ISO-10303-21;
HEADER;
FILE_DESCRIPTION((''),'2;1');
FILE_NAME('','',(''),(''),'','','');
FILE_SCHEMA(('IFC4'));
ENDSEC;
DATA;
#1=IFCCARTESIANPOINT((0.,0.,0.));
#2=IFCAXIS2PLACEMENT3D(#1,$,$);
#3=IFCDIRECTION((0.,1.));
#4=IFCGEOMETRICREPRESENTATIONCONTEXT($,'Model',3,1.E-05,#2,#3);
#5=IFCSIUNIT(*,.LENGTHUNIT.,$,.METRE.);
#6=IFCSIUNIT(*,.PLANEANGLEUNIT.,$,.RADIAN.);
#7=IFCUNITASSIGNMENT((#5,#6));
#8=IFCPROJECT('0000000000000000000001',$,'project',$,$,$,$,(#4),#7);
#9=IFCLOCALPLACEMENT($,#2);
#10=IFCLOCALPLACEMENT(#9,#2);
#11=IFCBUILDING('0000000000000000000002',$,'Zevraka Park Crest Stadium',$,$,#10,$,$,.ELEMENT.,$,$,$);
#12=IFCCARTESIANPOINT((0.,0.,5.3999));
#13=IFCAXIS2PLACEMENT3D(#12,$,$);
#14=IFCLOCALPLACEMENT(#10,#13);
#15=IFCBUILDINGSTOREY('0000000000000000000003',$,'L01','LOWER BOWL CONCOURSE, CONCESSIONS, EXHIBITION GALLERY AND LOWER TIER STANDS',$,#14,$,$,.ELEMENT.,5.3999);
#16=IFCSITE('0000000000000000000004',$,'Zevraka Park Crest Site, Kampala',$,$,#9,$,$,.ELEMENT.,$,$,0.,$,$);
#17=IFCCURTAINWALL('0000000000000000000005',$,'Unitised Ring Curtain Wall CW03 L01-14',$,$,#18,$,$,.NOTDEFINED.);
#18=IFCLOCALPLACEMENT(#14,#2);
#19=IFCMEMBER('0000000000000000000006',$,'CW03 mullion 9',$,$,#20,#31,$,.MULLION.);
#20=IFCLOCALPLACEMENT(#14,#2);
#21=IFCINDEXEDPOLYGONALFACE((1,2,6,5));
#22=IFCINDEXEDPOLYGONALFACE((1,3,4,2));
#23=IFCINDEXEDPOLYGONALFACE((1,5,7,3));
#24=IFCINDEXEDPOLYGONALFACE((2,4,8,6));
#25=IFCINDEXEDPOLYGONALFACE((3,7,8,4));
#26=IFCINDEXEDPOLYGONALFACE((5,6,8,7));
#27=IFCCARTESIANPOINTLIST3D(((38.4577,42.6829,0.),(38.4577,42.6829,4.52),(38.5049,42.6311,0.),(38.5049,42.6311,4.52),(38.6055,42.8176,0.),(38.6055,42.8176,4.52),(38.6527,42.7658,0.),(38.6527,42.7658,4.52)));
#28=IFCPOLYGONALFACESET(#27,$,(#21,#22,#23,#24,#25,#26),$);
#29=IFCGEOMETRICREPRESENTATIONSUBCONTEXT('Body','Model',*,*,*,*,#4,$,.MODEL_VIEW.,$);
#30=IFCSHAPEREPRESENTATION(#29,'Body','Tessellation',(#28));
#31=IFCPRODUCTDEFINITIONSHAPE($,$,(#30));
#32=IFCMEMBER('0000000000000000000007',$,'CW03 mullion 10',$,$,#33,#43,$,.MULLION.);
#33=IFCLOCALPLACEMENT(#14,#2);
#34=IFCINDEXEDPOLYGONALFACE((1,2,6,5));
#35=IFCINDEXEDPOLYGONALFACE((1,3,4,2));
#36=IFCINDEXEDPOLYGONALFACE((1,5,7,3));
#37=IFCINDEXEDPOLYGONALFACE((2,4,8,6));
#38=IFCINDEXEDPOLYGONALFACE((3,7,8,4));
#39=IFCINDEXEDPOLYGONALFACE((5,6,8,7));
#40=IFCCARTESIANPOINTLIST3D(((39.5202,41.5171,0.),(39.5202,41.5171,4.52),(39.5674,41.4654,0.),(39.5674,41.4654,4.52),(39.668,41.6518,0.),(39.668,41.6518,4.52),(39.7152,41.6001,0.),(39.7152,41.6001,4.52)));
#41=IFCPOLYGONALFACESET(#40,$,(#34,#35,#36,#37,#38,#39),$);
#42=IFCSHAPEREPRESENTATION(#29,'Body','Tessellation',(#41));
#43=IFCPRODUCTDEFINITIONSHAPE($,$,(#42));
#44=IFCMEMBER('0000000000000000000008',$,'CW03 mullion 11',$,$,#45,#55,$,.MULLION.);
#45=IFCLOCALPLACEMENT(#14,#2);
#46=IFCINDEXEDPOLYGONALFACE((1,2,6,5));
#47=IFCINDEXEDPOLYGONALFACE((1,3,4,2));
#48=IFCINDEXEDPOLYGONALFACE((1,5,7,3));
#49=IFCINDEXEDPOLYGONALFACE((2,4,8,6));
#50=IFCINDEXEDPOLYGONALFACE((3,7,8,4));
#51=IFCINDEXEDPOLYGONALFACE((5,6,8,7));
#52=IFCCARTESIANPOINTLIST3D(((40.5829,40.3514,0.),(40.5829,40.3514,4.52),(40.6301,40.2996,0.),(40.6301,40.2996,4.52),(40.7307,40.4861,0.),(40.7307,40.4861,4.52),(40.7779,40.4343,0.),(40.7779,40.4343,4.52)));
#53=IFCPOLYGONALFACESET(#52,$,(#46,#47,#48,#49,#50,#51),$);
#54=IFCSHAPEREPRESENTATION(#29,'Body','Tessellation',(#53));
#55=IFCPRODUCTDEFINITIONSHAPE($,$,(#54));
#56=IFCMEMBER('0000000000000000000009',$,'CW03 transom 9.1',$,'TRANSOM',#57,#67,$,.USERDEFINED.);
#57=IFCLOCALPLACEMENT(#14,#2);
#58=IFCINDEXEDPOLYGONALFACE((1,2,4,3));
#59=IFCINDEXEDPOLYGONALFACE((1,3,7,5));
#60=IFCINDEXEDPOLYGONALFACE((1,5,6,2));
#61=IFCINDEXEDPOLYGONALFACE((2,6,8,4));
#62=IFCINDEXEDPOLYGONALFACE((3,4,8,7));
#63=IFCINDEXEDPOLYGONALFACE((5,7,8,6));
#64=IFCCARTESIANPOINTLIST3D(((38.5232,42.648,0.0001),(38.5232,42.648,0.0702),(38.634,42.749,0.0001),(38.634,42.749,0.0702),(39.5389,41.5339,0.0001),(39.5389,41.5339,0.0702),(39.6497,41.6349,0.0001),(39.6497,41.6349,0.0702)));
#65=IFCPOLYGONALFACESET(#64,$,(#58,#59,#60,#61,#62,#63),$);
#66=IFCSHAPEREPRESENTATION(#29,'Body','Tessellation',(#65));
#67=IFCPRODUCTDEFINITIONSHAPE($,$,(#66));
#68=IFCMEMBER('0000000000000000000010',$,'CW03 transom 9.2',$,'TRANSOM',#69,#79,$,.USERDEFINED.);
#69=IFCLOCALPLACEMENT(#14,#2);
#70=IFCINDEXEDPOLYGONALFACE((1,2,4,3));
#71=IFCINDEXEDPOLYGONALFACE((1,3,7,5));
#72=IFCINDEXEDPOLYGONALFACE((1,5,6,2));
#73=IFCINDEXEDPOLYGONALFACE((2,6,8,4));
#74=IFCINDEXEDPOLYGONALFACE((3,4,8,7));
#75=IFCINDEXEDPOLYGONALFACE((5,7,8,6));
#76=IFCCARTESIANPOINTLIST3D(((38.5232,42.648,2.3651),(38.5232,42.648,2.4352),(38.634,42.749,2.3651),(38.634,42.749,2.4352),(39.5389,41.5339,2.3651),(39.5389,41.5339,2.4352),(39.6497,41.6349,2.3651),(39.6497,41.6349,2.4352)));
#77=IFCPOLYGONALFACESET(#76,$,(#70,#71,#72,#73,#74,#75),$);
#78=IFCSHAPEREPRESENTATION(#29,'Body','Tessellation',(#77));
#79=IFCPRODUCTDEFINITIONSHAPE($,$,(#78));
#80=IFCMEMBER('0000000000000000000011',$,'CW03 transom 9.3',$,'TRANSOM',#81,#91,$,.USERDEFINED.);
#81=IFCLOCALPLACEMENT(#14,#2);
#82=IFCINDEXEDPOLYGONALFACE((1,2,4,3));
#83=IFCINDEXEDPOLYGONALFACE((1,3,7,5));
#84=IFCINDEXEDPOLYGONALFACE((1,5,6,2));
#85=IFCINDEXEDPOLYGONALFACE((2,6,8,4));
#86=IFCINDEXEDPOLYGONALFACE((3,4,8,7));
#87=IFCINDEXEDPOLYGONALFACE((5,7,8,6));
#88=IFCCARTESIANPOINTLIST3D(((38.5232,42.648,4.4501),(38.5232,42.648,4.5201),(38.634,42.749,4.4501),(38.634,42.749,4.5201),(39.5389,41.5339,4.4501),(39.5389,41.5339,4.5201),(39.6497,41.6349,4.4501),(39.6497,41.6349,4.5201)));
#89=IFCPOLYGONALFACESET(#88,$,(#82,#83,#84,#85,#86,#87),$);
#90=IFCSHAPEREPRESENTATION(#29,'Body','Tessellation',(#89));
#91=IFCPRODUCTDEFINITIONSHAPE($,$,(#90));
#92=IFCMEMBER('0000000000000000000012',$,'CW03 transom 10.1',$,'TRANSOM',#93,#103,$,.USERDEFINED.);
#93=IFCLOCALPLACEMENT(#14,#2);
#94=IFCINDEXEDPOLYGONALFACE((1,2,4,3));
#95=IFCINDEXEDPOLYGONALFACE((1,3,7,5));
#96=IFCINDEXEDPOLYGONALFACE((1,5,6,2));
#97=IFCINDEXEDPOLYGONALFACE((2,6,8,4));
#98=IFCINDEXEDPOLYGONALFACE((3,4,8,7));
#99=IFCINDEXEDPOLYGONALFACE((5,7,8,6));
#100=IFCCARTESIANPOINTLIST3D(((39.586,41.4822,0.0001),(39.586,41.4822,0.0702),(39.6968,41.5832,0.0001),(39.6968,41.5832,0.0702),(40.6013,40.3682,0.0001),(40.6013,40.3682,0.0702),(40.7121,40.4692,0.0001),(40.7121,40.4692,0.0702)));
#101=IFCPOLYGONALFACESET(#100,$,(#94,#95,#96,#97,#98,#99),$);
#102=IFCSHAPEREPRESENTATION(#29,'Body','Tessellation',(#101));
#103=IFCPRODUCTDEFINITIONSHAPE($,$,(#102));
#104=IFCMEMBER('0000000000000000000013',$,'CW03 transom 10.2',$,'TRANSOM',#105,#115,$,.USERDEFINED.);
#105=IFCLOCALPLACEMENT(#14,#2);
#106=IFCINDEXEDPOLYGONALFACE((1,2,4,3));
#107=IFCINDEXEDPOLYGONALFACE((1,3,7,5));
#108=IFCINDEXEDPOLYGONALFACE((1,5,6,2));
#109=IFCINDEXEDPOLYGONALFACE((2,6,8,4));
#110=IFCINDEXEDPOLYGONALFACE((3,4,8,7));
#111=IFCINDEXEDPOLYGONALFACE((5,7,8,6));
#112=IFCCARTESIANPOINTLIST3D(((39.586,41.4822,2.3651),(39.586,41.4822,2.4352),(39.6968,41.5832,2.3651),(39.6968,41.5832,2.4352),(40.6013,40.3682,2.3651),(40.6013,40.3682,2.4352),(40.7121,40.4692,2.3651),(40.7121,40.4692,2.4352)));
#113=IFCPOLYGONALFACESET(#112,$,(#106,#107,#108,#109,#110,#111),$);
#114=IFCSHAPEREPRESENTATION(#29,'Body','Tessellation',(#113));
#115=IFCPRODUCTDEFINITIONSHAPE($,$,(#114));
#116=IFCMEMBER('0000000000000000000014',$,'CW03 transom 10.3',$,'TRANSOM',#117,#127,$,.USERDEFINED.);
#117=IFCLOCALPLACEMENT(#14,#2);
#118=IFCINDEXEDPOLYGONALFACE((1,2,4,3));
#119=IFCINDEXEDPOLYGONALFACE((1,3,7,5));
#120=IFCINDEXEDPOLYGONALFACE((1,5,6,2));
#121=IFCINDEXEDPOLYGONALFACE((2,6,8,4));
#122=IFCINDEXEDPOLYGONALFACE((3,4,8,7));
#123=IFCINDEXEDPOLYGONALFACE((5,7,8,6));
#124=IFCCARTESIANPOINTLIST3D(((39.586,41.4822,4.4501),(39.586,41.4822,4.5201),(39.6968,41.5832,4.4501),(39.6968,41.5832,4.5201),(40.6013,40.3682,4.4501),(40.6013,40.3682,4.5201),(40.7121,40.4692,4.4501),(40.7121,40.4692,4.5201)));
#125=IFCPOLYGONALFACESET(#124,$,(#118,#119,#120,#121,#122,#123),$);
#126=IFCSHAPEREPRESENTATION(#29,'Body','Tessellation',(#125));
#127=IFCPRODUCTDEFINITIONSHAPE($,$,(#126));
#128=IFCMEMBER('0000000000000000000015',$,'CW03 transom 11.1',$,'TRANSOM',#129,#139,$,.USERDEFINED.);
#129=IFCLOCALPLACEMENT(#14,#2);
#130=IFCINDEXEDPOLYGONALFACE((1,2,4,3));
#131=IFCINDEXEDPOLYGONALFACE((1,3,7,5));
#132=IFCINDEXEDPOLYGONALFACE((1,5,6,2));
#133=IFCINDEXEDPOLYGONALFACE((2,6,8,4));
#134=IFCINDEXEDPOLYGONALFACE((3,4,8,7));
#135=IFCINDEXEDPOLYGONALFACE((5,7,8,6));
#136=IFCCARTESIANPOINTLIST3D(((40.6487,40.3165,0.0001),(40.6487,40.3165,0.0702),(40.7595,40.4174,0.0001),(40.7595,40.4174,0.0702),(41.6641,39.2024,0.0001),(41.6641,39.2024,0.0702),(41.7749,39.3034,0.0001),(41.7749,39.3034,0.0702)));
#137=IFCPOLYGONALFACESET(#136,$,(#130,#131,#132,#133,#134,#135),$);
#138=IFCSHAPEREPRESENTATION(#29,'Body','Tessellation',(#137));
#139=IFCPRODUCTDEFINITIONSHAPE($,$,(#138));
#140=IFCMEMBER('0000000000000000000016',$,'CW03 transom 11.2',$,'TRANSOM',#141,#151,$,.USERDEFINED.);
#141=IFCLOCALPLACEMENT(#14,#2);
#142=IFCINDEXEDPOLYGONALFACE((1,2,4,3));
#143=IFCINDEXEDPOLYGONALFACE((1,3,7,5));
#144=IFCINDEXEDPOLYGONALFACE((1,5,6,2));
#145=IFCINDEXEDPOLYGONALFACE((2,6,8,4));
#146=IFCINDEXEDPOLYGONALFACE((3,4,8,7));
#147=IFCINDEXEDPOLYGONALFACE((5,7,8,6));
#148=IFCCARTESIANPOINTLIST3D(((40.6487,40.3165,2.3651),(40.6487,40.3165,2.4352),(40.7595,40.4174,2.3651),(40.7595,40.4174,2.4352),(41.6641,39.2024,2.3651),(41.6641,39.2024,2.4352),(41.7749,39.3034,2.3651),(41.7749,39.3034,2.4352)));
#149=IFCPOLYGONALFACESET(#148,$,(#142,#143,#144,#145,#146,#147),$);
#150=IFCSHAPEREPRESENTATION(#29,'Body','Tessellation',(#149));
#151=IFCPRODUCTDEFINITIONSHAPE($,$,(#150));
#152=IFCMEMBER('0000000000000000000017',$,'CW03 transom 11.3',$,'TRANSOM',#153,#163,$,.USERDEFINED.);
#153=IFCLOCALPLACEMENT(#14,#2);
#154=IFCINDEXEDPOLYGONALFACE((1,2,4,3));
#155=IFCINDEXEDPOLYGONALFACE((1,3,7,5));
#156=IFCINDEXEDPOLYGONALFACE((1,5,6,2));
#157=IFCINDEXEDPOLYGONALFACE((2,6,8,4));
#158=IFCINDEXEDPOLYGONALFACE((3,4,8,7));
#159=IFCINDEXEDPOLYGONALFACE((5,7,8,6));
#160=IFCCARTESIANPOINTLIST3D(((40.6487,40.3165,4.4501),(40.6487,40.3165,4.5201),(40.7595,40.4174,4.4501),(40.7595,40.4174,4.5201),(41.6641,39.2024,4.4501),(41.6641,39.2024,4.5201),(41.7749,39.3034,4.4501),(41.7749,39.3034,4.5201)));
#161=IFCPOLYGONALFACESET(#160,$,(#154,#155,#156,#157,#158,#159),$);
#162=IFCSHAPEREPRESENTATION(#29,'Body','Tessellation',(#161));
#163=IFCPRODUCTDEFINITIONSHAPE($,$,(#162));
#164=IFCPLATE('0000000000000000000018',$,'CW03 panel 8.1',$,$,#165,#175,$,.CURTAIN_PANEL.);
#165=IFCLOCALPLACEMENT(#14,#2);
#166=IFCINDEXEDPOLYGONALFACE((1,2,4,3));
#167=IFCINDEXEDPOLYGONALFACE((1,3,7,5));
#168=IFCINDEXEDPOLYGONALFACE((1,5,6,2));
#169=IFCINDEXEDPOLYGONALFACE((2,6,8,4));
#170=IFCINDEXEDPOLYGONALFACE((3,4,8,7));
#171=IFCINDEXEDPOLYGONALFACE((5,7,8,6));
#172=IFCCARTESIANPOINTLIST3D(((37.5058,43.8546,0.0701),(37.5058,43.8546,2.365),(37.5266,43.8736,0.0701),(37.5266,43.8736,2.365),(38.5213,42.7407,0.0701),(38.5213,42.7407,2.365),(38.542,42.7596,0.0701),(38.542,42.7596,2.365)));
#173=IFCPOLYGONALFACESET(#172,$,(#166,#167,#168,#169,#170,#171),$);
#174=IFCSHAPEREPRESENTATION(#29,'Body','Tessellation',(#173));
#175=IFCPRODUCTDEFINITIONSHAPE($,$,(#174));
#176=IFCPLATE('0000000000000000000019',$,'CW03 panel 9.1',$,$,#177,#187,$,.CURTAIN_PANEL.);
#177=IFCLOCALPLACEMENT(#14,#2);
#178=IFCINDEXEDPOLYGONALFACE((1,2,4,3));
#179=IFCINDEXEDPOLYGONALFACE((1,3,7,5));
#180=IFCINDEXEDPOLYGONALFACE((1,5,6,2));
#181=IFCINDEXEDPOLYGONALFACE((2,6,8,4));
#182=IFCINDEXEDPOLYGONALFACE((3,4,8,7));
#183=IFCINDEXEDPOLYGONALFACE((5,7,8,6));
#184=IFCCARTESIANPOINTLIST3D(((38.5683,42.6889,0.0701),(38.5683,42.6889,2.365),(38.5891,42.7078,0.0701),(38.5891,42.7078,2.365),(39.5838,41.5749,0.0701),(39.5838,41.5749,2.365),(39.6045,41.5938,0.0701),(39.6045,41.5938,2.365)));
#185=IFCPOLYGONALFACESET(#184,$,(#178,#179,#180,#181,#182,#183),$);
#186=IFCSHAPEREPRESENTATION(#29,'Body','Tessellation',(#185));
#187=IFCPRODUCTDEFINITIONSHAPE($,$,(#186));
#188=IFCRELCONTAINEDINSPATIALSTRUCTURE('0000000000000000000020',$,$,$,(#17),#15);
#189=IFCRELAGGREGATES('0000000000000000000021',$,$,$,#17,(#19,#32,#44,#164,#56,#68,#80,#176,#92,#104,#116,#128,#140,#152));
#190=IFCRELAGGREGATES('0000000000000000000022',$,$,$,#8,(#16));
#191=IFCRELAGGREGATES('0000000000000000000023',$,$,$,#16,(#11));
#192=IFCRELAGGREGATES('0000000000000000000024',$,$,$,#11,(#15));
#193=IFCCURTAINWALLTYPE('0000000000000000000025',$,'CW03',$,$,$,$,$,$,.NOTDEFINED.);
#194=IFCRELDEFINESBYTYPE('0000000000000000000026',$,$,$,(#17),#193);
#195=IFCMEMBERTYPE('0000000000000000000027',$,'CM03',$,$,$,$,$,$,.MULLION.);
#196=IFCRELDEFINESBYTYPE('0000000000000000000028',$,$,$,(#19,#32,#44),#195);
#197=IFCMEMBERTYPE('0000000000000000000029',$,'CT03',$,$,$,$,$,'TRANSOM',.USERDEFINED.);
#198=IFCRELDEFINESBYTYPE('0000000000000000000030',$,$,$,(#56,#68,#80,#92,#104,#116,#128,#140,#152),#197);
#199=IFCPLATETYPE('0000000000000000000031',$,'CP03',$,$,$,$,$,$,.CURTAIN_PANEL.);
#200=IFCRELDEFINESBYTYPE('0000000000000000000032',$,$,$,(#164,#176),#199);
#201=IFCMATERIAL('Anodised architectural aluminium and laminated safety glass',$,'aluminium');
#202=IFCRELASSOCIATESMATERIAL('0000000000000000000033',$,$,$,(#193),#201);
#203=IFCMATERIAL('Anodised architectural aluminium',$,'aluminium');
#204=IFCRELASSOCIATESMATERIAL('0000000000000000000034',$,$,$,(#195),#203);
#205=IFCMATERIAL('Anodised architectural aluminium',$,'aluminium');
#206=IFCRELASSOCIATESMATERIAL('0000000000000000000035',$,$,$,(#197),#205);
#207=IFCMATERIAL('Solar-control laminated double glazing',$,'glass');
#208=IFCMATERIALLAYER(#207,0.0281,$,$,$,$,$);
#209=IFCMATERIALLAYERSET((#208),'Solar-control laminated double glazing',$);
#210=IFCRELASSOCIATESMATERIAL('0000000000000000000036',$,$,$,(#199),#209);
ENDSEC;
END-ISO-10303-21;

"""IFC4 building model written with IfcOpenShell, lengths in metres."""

from ifc_helpers import new_model, si_unit, direction, frame, origin, origin_2d, place, context, subcontext, project, spatial, rectangle, extrude, material, layer, layer_set, material_profile, profile_set, type_object, element, aggregate, save


model = new_model("IFC4")

# Units and contexts
model_context = context("Model", 3, precision=1e-05, world=origin(), true_north=direction((0.0, 1.0)))
body_context = subcontext(model_context, "Body", "Model", "MODEL_VIEW")
ifc_project = project(units=[si_unit("LENGTHUNIT", "METRE"), si_unit("PLANEANGLEUNIT", "RADIAN")], contexts=[model_context])

# Site, building, storey
site_placement = place(None, origin())
site = spatial("IfcSite", under=ifc_project, at=site_placement, Name="Zevraka Park Crest Site, Kampala", CompositionType="ELEMENT", RefElevation=0.0)
building_placement = place(site_placement, origin())
building = spatial("IfcBuilding", under=site, at=building_placement, Name="Zevraka Park Crest Stadium", CompositionType="ELEMENT")
storey_placement = place(building_placement, frame((0.0, 0.0, 5.3999)))
storey = spatial("IfcBuildingStorey", under=building, at=storey_placement, Name="L01", Description="LOWER BOWL CONCOURSE, CONCESSIONS, EXHIBITION GALLERY AND LOWER TIER STANDS", CompositionType="ELEMENT", Elevation=5.3999)

# Curtain wall, members, plates
ifc_material_1 = material(Name="Anodised architectural aluminium and laminated safety glass", Category="aluminium")
curtain_wall_type = type_object("IfcCurtainWallType", Name="CW03", PredefinedType="NOTDEFINED", material=ifc_material_1)
curtain_wall_placement = place(storey_placement, origin())
curtain_wall = element("IfcCurtainWall", 1, at=curtain_wall_placement, inside=storey, type_object=curtain_wall_type, Name="Unitised Ring Curtain Wall CW03 L01-14", PredefinedType="NOTDEFINED")
ifc_material_2 = material(Name="Anodised architectural aluminium", Category="aluminium")
ifc_material_profile_1 = material_profile(ifc_material_2, rectangle(XDim=0.2, YDim=0.0701, at=origin_2d()), Name="ALU MULLION 200x70")
ifc_profile_set_1 = profile_set([ifc_material_profile_1], Name="Anodised architectural aluminium")
member_type_1 = type_object("IfcMemberType", Name="CM03", PredefinedType="MULLION", material=ifc_profile_set_1)
member_1_placement = place(storey_placement, frame((38.5552, 42.7244, 0.0), z_axis=(0.0, 0.0, 1.0), x_axis=(0.739023, 0.67368, 0.0)))
member_1 = element("IfcMember", 2, at=member_1_placement, type_object=member_type_1, Name="CW03 mullion 9", PredefinedType="MULLION", context=body_context, shape_type="SweptSolid", body=[
    extrude(rectangle(XDim=0.2, YDim=0.0701, at=origin_2d()), origin(), (0.0, 0.0, 1.0), 4.52),
])
member_2_placement = place(storey_placement, frame((39.6177, 41.5586, 0.0), z_axis=(0.0, 0.0, 1.0), x_axis=(0.739023, 0.67368, 0.0)))
member_2 = element("IfcMember", 3, at=member_2_placement, type_object=member_type_1, Name="CW03 mullion 10", PredefinedType="MULLION", context=body_context, shape_type="SweptSolid", body=[
    extrude(rectangle(XDim=0.2, YDim=0.0701, at=origin_2d()), origin(), (0.0, 0.0, 1.0), 4.52),
])
member_3_placement = place(storey_placement, frame((40.6804, 40.3928, 0.0), z_axis=(0.0, 0.0, 1.0), x_axis=(0.739023, 0.67368, 0.0)))
member_3 = element("IfcMember", 4, at=member_3_placement, type_object=member_type_1, Name="CW03 mullion 11", PredefinedType="MULLION", context=body_context, shape_type="SweptSolid", body=[
    extrude(rectangle(XDim=0.2, YDim=0.0701, at=origin_2d()), origin(), (0.0, 0.0, 1.0), 4.52),
])
ifc_material_3 = material(Name="Anodised architectural aluminium", Category="aluminium")
ifc_material_profile_2 = material_profile(ifc_material_3, rectangle(XDim=0.1499, YDim=0.0701, at=origin_2d()), Name="ALU TRANSOM 150x70")
ifc_profile_set_2 = profile_set([ifc_material_profile_2], Name="Anodised architectural aluminium")
member_type_2 = type_object("IfcMemberType", Name="CT03", ElementType="TRANSOM", PredefinedType="USERDEFINED", material=ifc_profile_set_2)
member_4_placement = place(storey_placement, frame((38.5786, 42.6985, 0.0352), z_axis=(0.67372, -0.738987, 0.0), x_axis=(0.738987, 0.67372, 0.0)))
member_4 = element("IfcMember", 5, at=member_4_placement, type_object=member_type_2, Name="CW03 transom 9.1", ObjectType="TRANSOM", PredefinedType="USERDEFINED", context=body_context, shape_type="SweptSolid", body=[
    extrude(rectangle(XDim=0.1499, YDim=0.0701, at=origin_2d()), origin(), (0.0, 0.0, 1.0), 1.5076),
])
member_5_placement = place(storey_placement, frame((38.5786, 42.6985, 2.4001), z_axis=(0.67372, -0.738987, 0.0), x_axis=(0.738987, 0.67372, 0.0)))
member_5 = element("IfcMember", 6, at=member_5_placement, type_object=member_type_2, Name="CW03 transom 9.2", ObjectType="TRANSOM", PredefinedType="USERDEFINED", context=body_context, shape_type="SweptSolid", body=[
    extrude(rectangle(XDim=0.1499, YDim=0.0701, at=origin_2d()), origin(), (0.0, 0.0, 1.0), 1.5076),
])
member_6_placement = place(storey_placement, frame((38.5786, 42.6985, 4.4851), z_axis=(0.67372, -0.738987, 0.0), x_axis=(0.738987, 0.67372, 0.0)))
member_6 = element("IfcMember", 7, at=member_6_placement, type_object=member_type_2, Name="CW03 transom 9.3", ObjectType="TRANSOM", PredefinedType="USERDEFINED", context=body_context, shape_type="SweptSolid", body=[
    extrude(rectangle(XDim=0.1499, YDim=0.0701, at=origin_2d()), origin(), (0.0, 0.0, 1.0), 1.5076),
])
member_7_placement = place(storey_placement, frame((39.6414, 41.5327, 0.0352), z_axis=(0.673632, -0.739067, 0.0), x_axis=(0.739067, 0.673632, 0.0)))
member_7 = element("IfcMember", 8, at=member_7_placement, type_object=member_type_2, Name="CW03 transom 10.1", ObjectType="TRANSOM", PredefinedType="USERDEFINED", context=body_context, shape_type="SweptSolid", body=[
    extrude(rectangle(XDim=0.1499, YDim=0.0701, at=origin_2d()), origin(), (0.0, 0.0, 1.0), 1.5073),
])
member_8_placement = place(storey_placement, frame((39.6414, 41.5327, 2.4001), z_axis=(0.673632, -0.739067, 0.0), x_axis=(0.739067, 0.673632, 0.0)))
member_8 = element("IfcMember", 9, at=member_8_placement, type_object=member_type_2, Name="CW03 transom 10.2", ObjectType="TRANSOM", PredefinedType="USERDEFINED", context=body_context, shape_type="SweptSolid", body=[
    extrude(rectangle(XDim=0.1499, YDim=0.0701, at=origin_2d()), origin(), (0.0, 0.0, 1.0), 1.5073),
])
member_9_placement = place(storey_placement, frame((39.6414, 41.5327, 4.4851), z_axis=(0.673632, -0.739067, 0.0), x_axis=(0.739067, 0.673632, 0.0)))
member_9 = element("IfcMember", 10, at=member_9_placement, type_object=member_type_2, Name="CW03 transom 10.3", ObjectType="TRANSOM", PredefinedType="USERDEFINED", context=body_context, shape_type="SweptSolid", body=[
    extrude(rectangle(XDim=0.1499, YDim=0.0701, at=origin_2d()), origin(), (0.0, 0.0, 1.0), 1.5073),
])
member_10_placement = place(storey_placement, frame((40.7041, 40.3669, 0.0352), z_axis=(0.673632, -0.739067, 0.0), x_axis=(0.739067, 0.673632, 0.0)))
member_10 = element("IfcMember", 11, at=member_10_placement, type_object=member_type_2, Name="CW03 transom 11.1", ObjectType="TRANSOM", PredefinedType="USERDEFINED", context=body_context, shape_type="SweptSolid", body=[
    extrude(rectangle(XDim=0.1499, YDim=0.0701, at=origin_2d()), origin(), (0.0, 0.0, 1.0), 1.5073),
])
member_11_placement = place(storey_placement, frame((40.7041, 40.3669, 2.4001), z_axis=(0.673632, -0.739067, 0.0), x_axis=(0.739067, 0.673632, 0.0)))
member_11 = element("IfcMember", 12, at=member_11_placement, type_object=member_type_2, Name="CW03 transom 11.2", ObjectType="TRANSOM", PredefinedType="USERDEFINED", context=body_context, shape_type="SweptSolid", body=[
    extrude(rectangle(XDim=0.1499, YDim=0.0701, at=origin_2d()), origin(), (0.0, 0.0, 1.0), 1.5073),
])
member_12_placement = place(storey_placement, frame((40.7041, 40.3669, 4.4851), z_axis=(0.673632, -0.739067, 0.0), x_axis=(0.739067, 0.673632, 0.0)))
member_12 = element("IfcMember", 13, at=member_12_placement, type_object=member_type_2, Name="CW03 transom 11.3", ObjectType="TRANSOM", PredefinedType="USERDEFINED", context=body_context, shape_type="SweptSolid", body=[
    extrude(rectangle(XDim=0.1499, YDim=0.0701, at=origin_2d()), origin(), (0.0, 0.0, 1.0), 1.5073),
])
ifc_material_4 = material(Name="Solar-control laminated double glazing", Category="glass")
ifc_layer_1 = layer(ifc_material_4, 0.0281)
ifc_layer_set_1 = layer_set([ifc_layer_1], Name="Solar-control laminated double glazing")
plate_type = type_object("IfcPlateType", Name="CP03", PredefinedType="CURTAIN_PANEL", material=ifc_layer_set_1)
plate_1_placement = place(storey_placement, frame((38.0239, 43.3071, 0.0701), z_axis=(0.0, 0.0, 1.0), x_axis=(0.67368, -0.739023, 0.0)))
plate_1 = element("IfcPlate", 14, at=plate_1_placement, type_object=plate_type, Name="CW03 panel 8.1", PredefinedType="CURTAIN_PANEL", context=body_context, shape_type="SweptSolid", body=[
    extrude(rectangle(XDim=1.5073, YDim=0.0281, at=origin_2d()), origin(), (0.0, 0.0, 1.0), 2.2949),
])
plate_2_placement = place(storey_placement, frame((39.0864, 42.1414, 0.0701), z_axis=(0.0, 0.0, 1.0), x_axis=(0.67368, -0.739023, 0.0)))
plate_2 = element("IfcPlate", 15, at=plate_2_placement, type_object=plate_type, Name="CW03 panel 9.1", PredefinedType="CURTAIN_PANEL", context=body_context, shape_type="SweptSolid", body=[
    extrude(rectangle(XDim=1.5073, YDim=0.0281, at=origin_2d()), origin(), (0.0, 0.0, 1.0), 2.2949),
])
aggregate(curtain_wall, [member_1, member_2, member_3, plate_1, member_4, member_5, member_6, plate_2, member_7, member_8, member_9, member_10, member_11, member_12])

save(model, "model.ifc")
